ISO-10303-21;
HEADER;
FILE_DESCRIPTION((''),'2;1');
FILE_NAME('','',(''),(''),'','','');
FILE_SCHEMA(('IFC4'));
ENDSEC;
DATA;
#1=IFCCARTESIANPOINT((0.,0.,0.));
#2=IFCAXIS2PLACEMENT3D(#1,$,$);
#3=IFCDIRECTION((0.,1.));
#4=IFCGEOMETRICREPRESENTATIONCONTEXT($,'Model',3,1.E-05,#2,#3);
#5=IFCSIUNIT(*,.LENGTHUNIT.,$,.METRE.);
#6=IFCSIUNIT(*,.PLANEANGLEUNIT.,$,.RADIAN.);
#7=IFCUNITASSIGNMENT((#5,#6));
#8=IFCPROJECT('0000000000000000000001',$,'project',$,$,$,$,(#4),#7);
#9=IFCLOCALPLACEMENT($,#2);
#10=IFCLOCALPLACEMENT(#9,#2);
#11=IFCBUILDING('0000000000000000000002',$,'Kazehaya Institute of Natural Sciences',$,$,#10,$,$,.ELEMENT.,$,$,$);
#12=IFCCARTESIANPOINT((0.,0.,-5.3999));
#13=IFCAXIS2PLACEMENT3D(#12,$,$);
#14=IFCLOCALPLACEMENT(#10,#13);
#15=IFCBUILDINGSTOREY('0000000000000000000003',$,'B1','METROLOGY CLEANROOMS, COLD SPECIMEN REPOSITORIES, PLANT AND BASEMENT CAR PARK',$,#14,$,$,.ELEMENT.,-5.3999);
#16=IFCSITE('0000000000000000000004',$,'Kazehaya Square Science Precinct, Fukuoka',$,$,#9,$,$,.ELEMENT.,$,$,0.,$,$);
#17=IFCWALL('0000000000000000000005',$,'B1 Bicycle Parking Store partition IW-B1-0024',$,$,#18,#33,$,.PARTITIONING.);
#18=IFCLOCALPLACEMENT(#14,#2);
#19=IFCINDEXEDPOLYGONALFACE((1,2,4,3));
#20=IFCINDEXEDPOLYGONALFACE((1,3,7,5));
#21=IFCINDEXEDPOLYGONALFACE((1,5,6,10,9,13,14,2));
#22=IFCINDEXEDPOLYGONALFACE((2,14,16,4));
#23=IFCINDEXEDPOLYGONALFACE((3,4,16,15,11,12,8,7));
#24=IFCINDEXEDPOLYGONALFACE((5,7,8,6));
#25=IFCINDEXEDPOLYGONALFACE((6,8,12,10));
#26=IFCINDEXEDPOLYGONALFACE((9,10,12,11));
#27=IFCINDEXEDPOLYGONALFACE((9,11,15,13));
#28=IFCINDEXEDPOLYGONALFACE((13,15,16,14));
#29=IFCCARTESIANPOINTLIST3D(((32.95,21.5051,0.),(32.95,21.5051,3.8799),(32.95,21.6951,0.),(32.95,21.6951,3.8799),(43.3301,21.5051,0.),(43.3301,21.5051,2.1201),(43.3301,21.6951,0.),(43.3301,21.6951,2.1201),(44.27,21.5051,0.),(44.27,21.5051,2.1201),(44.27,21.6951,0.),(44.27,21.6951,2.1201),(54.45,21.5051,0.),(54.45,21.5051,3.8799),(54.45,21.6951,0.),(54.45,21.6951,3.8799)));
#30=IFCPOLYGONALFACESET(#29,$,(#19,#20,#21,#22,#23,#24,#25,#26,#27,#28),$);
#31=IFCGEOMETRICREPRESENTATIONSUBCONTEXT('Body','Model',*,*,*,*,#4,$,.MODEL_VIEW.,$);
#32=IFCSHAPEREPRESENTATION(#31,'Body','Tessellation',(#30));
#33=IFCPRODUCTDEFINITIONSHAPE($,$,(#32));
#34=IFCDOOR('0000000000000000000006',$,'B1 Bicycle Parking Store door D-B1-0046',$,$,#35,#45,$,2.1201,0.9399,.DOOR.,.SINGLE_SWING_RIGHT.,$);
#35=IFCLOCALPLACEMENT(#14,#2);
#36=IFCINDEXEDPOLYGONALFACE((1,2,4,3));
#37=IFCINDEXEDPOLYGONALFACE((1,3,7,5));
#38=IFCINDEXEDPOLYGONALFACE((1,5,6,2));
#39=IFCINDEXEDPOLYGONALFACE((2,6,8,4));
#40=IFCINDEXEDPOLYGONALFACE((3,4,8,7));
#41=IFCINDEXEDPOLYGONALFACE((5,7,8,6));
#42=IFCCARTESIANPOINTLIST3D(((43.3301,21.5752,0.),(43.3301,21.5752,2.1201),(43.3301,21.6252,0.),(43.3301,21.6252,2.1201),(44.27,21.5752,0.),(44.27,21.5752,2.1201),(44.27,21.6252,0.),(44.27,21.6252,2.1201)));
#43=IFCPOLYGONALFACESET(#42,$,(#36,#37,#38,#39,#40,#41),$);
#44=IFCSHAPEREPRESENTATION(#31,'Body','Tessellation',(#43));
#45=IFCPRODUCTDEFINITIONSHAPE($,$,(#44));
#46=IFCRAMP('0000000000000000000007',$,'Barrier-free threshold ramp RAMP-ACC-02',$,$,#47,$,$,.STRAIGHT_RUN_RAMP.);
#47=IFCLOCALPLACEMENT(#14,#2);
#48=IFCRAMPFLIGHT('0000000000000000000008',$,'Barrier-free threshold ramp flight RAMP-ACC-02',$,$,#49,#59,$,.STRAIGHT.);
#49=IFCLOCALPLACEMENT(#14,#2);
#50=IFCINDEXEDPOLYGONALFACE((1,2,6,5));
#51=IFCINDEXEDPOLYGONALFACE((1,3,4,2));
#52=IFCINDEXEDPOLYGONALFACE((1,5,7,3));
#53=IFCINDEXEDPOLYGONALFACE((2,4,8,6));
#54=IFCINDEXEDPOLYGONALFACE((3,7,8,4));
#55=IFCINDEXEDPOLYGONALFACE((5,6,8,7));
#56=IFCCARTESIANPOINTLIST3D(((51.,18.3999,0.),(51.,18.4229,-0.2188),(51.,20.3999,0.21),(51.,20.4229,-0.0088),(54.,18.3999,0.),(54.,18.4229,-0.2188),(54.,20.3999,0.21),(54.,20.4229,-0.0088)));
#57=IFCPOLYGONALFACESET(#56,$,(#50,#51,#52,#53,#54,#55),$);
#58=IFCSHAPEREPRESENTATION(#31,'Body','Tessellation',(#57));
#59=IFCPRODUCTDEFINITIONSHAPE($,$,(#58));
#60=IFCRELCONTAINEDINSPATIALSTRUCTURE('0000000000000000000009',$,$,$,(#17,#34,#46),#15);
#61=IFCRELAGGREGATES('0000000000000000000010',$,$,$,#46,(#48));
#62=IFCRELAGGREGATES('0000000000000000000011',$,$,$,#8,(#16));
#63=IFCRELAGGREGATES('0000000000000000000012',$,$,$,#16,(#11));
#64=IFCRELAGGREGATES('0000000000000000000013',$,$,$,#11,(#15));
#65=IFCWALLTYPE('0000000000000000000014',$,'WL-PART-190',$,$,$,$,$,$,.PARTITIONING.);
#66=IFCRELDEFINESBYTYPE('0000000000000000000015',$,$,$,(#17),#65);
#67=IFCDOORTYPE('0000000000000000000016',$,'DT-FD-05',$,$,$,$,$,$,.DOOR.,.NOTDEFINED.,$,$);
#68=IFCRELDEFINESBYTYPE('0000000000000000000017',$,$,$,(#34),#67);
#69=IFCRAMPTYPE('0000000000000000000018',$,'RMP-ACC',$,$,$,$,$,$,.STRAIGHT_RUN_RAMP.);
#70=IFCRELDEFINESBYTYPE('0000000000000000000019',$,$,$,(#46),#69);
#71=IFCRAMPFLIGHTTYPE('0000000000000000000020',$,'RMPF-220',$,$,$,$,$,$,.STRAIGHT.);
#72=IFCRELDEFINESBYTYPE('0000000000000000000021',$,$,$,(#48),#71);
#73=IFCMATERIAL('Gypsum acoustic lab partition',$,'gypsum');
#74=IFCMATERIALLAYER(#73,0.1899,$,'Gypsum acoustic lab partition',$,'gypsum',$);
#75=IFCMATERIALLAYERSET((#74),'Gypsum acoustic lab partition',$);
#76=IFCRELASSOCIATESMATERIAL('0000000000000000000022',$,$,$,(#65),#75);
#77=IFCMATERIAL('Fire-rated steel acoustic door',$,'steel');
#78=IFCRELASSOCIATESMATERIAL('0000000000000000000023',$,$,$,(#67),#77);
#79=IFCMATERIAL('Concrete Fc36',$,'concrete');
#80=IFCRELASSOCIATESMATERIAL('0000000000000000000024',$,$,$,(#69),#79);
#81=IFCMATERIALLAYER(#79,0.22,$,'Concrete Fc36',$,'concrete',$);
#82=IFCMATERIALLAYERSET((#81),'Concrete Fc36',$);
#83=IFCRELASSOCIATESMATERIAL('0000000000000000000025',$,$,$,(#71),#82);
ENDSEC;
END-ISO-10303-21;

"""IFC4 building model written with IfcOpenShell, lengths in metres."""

from ifc_helpers import new_model, si_unit, direction, frame, frame_2d, origin, place, context, subcontext, project, spatial, polyline, rectangle, outline, extrude, material, layer, layer_set, type_object, element, fill, aggregate, save


model = new_model("IFC4")

# Units and contexts
model_context = context("Model", 3, precision=1e-05, world=origin(), true_north=direction((0.0, 1.0)))
body_context = subcontext(model_context, "Body", "Model", "MODEL_VIEW")
ifc_project = project(units=[si_unit("LENGTHUNIT", "METRE"), si_unit("PLANEANGLEUNIT", "RADIAN")], contexts=[model_context])

# Site, building, storey
site_placement = place(None, origin())
site = spatial("IfcSite", under=ifc_project, at=site_placement, Name="Kazehaya Square Science Precinct, Fukuoka", CompositionType="ELEMENT", RefElevation=0.0)
building_placement = place(site_placement, origin())
building = spatial("IfcBuilding", under=site, at=building_placement, Name="Kazehaya Institute of Natural Sciences", CompositionType="ELEMENT")
storey_placement = place(building_placement, frame((0.0, 0.0, -5.3999)))
storey = spatial("IfcBuildingStorey", under=building, at=storey_placement, Name="B1", Description="METROLOGY CLEANROOMS, COLD SPECIMEN REPOSITORIES, PLANT AND BASEMENT CAR PARK", CompositionType="ELEMENT", Elevation=-5.3999)

# Shared definitions
ifc_material_1 = material(Name="Concrete Fc36", Category="concrete")

# Wall, opening, door
ifc_material_2 = material(Name="Fire-rated steel acoustic door", Category="steel")
ifc_material_3 = material(Name="Gypsum acoustic lab partition", Category="gypsum")
ifc_layer_1 = layer(ifc_material_3, 0.1899, Name="Gypsum acoustic lab partition", Category="gypsum")
ifc_layer_set_1 = layer_set([ifc_layer_1], Name="Gypsum acoustic lab partition")
wall_type_1 = type_object("IfcWallType", Name="WL-PART-190", PredefinedType="PARTITIONING", material=ifc_layer_set_1)
wall_1_placement = place(storey_placement, frame((54.45, 21.6001, 0.0), z_axis=(0.0, 0.0, 1.0), x_axis=(-1.0, 0.0, 0.0)))
wall_1 = element("IfcWall", 1, at=wall_1_placement, inside=storey, type_object=wall_type_1, Name="B1 Bicycle Parking Store partition IW-B1-0024", PredefinedType="PARTITIONING", context=body_context, shape_type="SweptSolid", body=[
    extrude(rectangle(XDim=21.5, YDim=0.1899, at=frame_2d((10.75, 0.0))), origin(), (0.0, 0.0, 1.0), 3.8799),
])
opening_1_placement = place(wall_1_placement, frame((10.1799, 0.0, 0.0)))
opening_1 = element("IfcOpeningElement", 2, at=opening_1_placement, cuts=wall_1, PredefinedType="OPENING", context=body_context, shape_type="SweptSolid", body=[
    extrude(rectangle(XDim=0.9399, YDim=2.1201, at=frame_2d((0.47, 1.0601))), frame((0.0, 0.105, 0.0), z_axis=(0.0, -1.0, 0.0), x_axis=(1.0, 0.0, 0.0)), (0.0, 0.0, 1.0), 0.21),
])
door_type_1 = type_object("IfcDoorType", Name="DT-FD-05", OperationType="NOTDEFINED", PredefinedType="DOOR", material=ifc_material_2)
door_1_placement = place(opening_1_placement, origin())
door_1 = element("IfcDoor", 3, at=door_1_placement, inside=storey, type_object=door_type_1, Name="B1 Bicycle Parking Store door D-B1-0046", OperationType="SINGLE_SWING_RIGHT", OverallHeight=2.1201, OverallWidth=0.9399, PredefinedType="DOOR", context=body_context, shape_type="SweptSolid", body=[
    extrude(rectangle(XDim=0.9399, YDim=2.1201, at=frame_2d((0.47, 1.0601))), frame((0.0, 0.0249, 0.0), z_axis=(0.0, -1.0, 0.0), x_axis=(1.0, 0.0, 0.0)), (0.0, 0.0, 1.0), 0.05),
])
fill(opening_1, door_1)

# Ramp, ramp flight
ramp_type = type_object("IfcRampType", Name="RMP-ACC", PredefinedType="STRAIGHT_RUN_RAMP", material=ifc_material_1)
ramp_placement = place(storey_placement, origin())
ramp = element("IfcRamp", 4, at=ramp_placement, inside=storey, type_object=ramp_type, Name="Barrier-free threshold ramp RAMP-ACC-02", PredefinedType="STRAIGHT_RUN_RAMP")
ifc_layer_2 = layer(ifc_material_1, 0.22, Name="Concrete Fc36", Category="concrete")
ifc_layer_set_2 = layer_set([ifc_layer_2], Name="Concrete Fc36")
ramp_flight_type = type_object("IfcRampFlightType", Name="RMPF-220", PredefinedType="STRAIGHT", material=ifc_layer_set_2)
ramp_flight_placement = place(storey_placement, frame((51.0, 18.3999, 0.0), z_axis=(0.0, -0.104407, 0.994535), x_axis=(1.0, 0.0, 0.0)))
ramp_flight = element("IfcRampFlight", 5, at=ramp_flight_placement, type_object=ramp_flight_type, Name="Barrier-free threshold ramp flight RAMP-ACC-02", PredefinedType="STRAIGHT", context=body_context, shape_type="SweptSolid", body=[
    extrude(outline(polyline([(0.0, 0.0), (3.0, 0.0), (3.0, 2.011), (0.0, 2.011), (0.0, 0.0)])), origin(), (0.0, 0.0, -1.0), 0.22),
])
aggregate(ramp, [ramp_flight])

save(model, "model.ifc")
